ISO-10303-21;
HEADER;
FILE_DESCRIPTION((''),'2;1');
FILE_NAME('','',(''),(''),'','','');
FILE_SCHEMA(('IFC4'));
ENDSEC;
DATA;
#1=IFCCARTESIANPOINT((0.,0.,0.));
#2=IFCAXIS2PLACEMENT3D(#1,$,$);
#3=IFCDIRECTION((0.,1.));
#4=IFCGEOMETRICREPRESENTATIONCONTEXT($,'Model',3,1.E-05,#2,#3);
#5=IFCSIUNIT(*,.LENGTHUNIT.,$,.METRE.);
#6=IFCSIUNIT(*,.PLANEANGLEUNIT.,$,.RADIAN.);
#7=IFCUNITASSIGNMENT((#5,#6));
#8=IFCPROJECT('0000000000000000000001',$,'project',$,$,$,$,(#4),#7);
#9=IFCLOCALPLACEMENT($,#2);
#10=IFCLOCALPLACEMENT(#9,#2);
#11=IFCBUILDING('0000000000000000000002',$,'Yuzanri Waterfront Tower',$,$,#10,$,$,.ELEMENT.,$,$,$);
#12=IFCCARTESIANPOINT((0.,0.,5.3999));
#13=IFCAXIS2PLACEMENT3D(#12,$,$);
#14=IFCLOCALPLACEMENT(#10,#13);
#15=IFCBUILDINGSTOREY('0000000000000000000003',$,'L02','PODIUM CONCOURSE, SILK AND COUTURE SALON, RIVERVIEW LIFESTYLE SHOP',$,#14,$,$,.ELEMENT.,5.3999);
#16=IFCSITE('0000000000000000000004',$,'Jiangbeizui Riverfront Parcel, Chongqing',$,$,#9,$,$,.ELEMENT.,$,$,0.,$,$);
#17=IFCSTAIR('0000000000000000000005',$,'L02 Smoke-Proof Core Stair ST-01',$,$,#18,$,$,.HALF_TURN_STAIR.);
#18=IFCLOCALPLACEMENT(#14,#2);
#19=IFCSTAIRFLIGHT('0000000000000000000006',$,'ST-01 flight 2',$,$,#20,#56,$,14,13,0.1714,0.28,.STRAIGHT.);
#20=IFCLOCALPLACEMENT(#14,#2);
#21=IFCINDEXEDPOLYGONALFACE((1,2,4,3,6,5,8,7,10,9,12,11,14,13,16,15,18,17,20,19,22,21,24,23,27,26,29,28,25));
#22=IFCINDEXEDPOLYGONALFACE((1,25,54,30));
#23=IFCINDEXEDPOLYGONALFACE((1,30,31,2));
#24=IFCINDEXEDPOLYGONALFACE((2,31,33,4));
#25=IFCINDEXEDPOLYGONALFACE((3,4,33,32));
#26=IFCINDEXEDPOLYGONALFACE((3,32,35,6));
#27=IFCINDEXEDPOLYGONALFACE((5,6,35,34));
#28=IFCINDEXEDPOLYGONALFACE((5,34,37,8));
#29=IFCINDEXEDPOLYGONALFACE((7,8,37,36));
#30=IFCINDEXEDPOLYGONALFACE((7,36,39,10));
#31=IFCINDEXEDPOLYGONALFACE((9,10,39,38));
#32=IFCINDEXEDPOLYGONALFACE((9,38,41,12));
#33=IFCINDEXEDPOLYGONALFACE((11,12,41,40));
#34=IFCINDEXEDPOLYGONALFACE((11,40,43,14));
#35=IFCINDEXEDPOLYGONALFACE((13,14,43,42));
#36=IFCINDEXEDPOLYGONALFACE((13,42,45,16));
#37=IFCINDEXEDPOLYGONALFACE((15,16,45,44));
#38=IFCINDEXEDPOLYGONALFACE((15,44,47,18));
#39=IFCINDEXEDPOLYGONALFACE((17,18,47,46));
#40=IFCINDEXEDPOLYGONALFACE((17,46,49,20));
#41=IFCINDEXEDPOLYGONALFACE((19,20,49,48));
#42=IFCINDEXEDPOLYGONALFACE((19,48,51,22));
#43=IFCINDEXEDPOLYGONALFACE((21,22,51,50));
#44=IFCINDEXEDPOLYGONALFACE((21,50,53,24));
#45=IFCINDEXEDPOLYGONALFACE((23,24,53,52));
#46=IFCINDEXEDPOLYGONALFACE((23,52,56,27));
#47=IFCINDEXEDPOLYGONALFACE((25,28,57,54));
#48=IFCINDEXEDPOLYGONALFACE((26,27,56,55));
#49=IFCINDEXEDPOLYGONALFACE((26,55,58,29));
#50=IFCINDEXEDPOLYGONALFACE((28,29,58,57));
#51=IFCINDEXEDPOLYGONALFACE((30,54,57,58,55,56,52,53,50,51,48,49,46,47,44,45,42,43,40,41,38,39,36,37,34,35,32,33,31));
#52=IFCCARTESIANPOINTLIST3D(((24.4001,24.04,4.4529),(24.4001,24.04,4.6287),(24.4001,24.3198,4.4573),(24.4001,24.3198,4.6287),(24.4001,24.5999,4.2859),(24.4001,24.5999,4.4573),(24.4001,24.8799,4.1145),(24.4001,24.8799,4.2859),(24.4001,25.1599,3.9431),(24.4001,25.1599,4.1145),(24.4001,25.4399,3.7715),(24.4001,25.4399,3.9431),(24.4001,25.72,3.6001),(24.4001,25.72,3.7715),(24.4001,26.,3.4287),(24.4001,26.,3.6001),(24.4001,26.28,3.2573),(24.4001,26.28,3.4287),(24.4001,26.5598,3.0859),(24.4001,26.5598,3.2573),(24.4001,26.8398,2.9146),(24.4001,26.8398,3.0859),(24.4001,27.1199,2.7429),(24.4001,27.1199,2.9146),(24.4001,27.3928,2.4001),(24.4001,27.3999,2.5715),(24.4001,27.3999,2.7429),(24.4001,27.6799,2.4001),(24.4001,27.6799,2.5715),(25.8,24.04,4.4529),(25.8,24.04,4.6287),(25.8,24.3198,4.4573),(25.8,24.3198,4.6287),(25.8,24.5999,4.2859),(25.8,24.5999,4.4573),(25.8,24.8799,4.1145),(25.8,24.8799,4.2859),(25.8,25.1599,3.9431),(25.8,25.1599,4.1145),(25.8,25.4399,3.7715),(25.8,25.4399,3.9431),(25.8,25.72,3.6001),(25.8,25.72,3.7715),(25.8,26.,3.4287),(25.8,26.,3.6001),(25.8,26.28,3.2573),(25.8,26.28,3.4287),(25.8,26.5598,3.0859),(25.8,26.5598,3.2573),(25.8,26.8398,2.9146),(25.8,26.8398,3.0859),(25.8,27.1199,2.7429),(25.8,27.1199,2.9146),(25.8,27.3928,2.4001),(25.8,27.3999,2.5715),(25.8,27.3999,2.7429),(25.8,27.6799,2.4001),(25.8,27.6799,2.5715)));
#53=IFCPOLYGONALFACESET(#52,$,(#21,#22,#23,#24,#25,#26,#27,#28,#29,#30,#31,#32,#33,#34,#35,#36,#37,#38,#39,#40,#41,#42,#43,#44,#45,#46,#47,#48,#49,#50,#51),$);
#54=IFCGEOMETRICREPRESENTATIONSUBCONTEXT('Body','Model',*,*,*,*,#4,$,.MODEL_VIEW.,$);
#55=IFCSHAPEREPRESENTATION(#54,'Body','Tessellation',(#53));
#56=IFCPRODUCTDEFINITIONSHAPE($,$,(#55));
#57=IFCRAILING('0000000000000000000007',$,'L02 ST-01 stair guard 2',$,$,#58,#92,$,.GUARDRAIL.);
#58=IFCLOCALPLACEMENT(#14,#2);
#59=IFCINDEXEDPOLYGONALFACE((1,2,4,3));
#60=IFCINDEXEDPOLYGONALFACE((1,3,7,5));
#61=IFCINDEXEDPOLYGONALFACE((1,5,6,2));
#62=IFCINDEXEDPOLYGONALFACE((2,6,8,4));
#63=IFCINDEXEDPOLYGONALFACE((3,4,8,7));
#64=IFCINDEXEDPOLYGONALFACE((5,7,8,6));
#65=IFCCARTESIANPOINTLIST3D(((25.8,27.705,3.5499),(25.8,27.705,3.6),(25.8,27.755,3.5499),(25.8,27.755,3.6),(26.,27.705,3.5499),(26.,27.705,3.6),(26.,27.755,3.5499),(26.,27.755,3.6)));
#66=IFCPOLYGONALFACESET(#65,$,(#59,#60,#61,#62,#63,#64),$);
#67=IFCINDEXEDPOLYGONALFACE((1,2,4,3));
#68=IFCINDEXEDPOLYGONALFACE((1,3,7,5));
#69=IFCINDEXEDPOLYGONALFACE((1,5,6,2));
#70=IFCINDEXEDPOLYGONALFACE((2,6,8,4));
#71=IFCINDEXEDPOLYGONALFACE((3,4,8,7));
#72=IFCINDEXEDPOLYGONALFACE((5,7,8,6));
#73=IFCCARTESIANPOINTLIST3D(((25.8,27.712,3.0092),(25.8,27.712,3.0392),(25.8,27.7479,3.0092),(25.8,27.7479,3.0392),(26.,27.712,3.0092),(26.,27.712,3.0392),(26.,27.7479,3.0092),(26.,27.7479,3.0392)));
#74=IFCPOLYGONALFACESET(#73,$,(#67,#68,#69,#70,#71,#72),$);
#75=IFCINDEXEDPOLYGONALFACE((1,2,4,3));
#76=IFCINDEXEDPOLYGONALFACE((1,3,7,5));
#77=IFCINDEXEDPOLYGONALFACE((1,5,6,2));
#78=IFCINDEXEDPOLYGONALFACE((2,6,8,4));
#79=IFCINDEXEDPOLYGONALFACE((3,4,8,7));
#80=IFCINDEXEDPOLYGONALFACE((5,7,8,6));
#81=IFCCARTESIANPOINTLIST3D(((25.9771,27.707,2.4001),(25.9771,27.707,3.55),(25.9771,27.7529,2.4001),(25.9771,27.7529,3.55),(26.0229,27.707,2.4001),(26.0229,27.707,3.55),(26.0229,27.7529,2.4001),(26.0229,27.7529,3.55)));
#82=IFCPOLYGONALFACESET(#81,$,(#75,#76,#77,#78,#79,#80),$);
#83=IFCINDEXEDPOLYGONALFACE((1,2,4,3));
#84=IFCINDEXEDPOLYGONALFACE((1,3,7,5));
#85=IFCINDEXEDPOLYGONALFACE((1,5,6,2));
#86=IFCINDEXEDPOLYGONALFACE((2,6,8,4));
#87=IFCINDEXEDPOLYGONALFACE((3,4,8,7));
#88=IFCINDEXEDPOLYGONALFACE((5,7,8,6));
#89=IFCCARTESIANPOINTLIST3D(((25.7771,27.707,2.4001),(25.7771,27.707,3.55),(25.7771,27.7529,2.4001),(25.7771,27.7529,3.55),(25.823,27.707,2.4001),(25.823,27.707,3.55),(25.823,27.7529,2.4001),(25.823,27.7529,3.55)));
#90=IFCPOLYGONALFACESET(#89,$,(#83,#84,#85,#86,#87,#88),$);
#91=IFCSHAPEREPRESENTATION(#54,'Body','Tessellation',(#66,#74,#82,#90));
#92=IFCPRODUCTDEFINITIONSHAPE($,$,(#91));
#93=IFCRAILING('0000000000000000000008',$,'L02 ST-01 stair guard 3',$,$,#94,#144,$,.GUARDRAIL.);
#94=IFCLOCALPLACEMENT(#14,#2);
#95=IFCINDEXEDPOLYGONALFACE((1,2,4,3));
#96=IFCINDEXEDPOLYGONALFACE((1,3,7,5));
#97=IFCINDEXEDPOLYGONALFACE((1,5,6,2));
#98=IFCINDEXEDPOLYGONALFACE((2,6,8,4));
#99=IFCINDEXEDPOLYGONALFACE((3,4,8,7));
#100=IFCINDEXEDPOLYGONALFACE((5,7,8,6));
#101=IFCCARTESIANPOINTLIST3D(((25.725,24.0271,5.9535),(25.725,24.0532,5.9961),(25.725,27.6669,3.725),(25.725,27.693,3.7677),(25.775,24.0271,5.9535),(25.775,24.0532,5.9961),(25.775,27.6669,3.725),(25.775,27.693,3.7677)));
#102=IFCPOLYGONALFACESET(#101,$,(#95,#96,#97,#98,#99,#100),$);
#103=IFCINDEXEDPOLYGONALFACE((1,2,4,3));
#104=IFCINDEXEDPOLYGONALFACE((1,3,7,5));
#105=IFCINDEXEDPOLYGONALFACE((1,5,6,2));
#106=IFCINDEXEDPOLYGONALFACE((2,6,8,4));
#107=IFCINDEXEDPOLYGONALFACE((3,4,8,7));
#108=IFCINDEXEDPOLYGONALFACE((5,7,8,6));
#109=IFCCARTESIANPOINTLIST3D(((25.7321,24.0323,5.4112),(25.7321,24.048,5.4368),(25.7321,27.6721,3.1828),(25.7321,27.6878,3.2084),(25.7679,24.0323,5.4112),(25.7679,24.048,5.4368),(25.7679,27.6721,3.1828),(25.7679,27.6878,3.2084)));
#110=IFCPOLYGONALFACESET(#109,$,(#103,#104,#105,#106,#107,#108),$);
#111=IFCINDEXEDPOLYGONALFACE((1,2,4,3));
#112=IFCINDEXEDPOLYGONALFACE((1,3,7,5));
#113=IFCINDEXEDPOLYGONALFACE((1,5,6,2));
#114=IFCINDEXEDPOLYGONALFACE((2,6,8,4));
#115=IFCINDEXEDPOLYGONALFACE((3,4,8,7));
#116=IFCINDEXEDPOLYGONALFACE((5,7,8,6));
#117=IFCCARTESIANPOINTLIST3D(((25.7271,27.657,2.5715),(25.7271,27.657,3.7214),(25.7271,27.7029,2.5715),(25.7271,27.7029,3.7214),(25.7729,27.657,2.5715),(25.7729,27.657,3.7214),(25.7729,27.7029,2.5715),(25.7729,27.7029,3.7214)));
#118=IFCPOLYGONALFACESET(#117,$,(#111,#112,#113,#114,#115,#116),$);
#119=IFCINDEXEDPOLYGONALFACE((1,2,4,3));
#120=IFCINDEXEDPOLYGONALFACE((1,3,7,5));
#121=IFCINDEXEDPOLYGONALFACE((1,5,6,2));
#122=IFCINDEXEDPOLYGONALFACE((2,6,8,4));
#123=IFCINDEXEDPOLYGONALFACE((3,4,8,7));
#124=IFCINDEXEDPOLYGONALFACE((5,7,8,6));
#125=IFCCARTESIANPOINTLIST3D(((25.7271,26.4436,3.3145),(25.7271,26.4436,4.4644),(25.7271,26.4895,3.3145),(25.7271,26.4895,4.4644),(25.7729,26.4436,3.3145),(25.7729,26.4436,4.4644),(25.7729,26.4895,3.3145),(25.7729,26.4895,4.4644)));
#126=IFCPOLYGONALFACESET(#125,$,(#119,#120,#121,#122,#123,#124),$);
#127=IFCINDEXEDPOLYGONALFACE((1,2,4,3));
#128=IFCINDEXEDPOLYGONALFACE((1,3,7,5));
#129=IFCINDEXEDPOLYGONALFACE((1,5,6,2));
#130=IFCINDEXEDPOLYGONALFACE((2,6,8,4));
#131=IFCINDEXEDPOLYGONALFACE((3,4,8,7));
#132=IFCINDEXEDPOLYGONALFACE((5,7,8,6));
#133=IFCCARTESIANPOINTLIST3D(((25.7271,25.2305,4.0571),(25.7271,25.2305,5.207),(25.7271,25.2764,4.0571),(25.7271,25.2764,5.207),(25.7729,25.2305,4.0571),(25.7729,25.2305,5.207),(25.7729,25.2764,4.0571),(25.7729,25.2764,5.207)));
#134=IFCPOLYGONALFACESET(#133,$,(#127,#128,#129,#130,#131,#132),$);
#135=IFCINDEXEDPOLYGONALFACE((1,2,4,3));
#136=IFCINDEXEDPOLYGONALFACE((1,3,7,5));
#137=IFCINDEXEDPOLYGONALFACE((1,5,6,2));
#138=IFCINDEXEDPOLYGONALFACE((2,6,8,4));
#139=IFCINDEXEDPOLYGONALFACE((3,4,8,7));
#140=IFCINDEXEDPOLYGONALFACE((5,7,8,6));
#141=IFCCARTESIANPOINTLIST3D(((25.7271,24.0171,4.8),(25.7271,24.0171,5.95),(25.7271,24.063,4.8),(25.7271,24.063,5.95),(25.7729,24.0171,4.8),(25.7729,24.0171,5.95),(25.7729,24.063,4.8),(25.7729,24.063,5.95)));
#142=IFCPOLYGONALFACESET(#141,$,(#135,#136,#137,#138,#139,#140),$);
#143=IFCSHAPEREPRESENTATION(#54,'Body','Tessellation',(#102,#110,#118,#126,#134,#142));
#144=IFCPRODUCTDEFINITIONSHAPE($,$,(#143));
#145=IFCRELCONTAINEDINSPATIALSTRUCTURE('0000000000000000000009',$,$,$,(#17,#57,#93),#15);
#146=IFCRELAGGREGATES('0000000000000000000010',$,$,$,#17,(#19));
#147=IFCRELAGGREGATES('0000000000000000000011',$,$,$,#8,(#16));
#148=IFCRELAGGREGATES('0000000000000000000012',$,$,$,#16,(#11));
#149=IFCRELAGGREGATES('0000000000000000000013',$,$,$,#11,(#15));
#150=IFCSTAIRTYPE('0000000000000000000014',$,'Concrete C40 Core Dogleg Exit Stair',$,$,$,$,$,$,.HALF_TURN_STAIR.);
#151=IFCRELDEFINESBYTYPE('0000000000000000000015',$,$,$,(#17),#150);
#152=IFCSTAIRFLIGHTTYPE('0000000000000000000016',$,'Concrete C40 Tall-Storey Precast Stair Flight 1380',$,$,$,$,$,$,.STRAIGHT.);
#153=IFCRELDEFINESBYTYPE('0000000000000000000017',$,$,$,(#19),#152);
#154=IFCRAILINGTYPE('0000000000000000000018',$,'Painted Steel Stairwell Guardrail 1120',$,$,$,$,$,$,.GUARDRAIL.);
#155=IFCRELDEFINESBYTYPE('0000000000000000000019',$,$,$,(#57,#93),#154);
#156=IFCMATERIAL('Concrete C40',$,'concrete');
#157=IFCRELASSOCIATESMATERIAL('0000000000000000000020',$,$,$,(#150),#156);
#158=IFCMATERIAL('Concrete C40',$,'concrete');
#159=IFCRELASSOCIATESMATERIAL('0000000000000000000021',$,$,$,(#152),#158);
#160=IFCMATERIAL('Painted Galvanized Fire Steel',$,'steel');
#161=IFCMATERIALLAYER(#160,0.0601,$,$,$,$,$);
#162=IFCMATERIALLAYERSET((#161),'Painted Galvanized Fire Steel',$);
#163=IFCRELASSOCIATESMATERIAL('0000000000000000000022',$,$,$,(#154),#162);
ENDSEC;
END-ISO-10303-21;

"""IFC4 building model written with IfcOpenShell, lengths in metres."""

from ifc_helpers import new_model, si_unit, direction, frame, origin, origin_2d, place, context, subcontext, project, spatial, polyline, rectangle, outline, extrude, source, transform, mapped, material, layer, layer_set, type_object, element, aggregate, save


model = new_model("IFC4")

# Units and contexts
model_context = context("Model", 3, precision=1e-05, world=origin(), true_north=direction((0.0, 1.0)))
body_context = subcontext(model_context, "Body", "Model", "MODEL_VIEW")
ifc_project = project(units=[si_unit("LENGTHUNIT", "METRE"), si_unit("PLANEANGLEUNIT", "RADIAN")], contexts=[model_context])

# Site, building, storey
site_placement = place(None, origin())
site = spatial("IfcSite", under=ifc_project, at=site_placement, Name="Jiangbeizui Riverfront Parcel, Chongqing", CompositionType="ELEMENT", RefElevation=0.0)
building_placement = place(site_placement, origin())
building = spatial("IfcBuilding", under=site, at=building_placement, Name="Yuzanri Waterfront Tower", CompositionType="ELEMENT")
storey_placement = place(building_placement, frame((0.0, 0.0, 5.3999)))
storey = spatial("IfcBuildingStorey", under=building, at=storey_placement, Name="L02", Description="PODIUM CONCOURSE, SILK AND COUTURE SALON, RIVERVIEW LIFESTYLE SHOP", CompositionType="ELEMENT", Elevation=5.3999)

# Stair, stair flight
ifc_material_1 = material(Name="Concrete C40", Category="concrete")
stair_type = type_object("IfcStairType", Name="Concrete C40 Core Dogleg Exit Stair", PredefinedType="HALF_TURN_STAIR", material=ifc_material_1)
stair_placement = place(storey_placement, origin())
stair = element("IfcStair", 1, at=stair_placement, inside=storey, type_object=stair_type, Name="L02 Smoke-Proof Core Stair ST-01", PredefinedType="HALF_TURN_STAIR")
ifc_material_2 = material(Name="Concrete C40", Category="concrete")
stair_flight_type = type_object("IfcStairFlightType", Name="Concrete C40 Tall-Storey Precast Stair Flight 1380", PredefinedType="STRAIGHT", material=ifc_material_2)
shared_shape_1 = source(origin(), body_context, "Body", "SweptSolid", [
    extrude(outline(polyline([(0.0, 0.0), (0.0, 0.1714), (0.28, 0.1714), (0.28, 0.3428), (0.5601, 0.3428), (0.5601, 0.5144), (0.8401, 0.5144), (0.8401, 0.6858), (1.1201, 0.6858), (1.1201, 0.8572), (1.3999, 0.8572), (1.3999, 1.0286), (1.6799, 1.0286), (1.6799, 1.2), (1.96, 1.2), (1.96, 1.3713), (2.24, 1.3713), (2.24, 1.543), (2.52, 1.543), (2.52, 1.7144), (2.8, 1.7144), (2.8, 1.8857), (3.0801, 1.8857), (3.0801, 2.0571), (3.3601, 2.0571), (3.3601, 2.2285), (3.6399, 2.2285), (3.6399, 2.3999), (3.6399, 2.0527), (0.2871, 0.0), (0.0, 0.0)])), frame((0.0, 0.7, 0.0), z_axis=(0.0, -1.0, 0.0), x_axis=(1.0, 0.0, 0.0)), (0.0, 0.0, 1.0), 1.3999),
])
stair_flight_placement = place(storey_placement, frame((25.1001, 27.6799, 2.4001), z_axis=(0.0, 0.0, 1.0), x_axis=(0.0, -1.0, 0.0)))
stair_flight = element("IfcStairFlight", 2, at=stair_flight_placement, type_object=stair_flight_type, Name="ST-01 flight 2", NumberOfRisers=14, NumberOfTreads=13, PredefinedType="STRAIGHT", RiserHeight=0.1714, TreadLength=0.28, context=body_context, shape_type="MappedRepresentation", body=[
    mapped(shared_shape_1, transform((0.0, 0.0, 0.0), scale=1.0)),
])
aggregate(stair, [stair_flight])

# Railings
ifc_material_3 = material(Name="Painted Galvanized Fire Steel", Category="steel")
ifc_layer_1 = layer(ifc_material_3, 0.0601)
ifc_layer_set_1 = layer_set([ifc_layer_1], Name="Painted Galvanized Fire Steel")
railing_type = type_object("IfcRailingType", Name="Painted Steel Stairwell Guardrail 1120", PredefinedType="GUARDRAIL", material=ifc_layer_set_1)
shared_shape_2 = source(origin(), body_context, "Body", "SweptSolid", [
    extrude(rectangle(XDim=0.05, YDim=0.05, at=origin_2d()), frame((0.0, 0.0, 1.1748), z_axis=(-1.0, 0.0, 0.0), x_axis=(0.0, -1.0, 0.0)), (0.0, 0.0, 1.0), 0.2),
    extrude(rectangle(XDim=0.0359, YDim=0.03, at=origin_2d()), frame((0.0, 0.0, 0.624), z_axis=(-1.0, 0.0, 0.0), x_axis=(0.0, -1.0, 0.0)), (0.0, 0.0, 1.0), 0.2),
    extrude(rectangle(XDim=0.0459, YDim=0.0459, at=origin_2d()), origin(), (0.0, 0.0, 1.0), 1.1499),
    extrude(rectangle(XDim=0.0459, YDim=0.0459, at=origin_2d()), frame((-0.2, 0.0, 0.0)), (0.0, 0.0, 1.0), 1.1499),
])
railing_1_placement = place(storey_placement, frame((26.0, 27.73, 2.4001)))
element("IfcRailing", 3, at=railing_1_placement, inside=storey, type_object=railing_type, Name="L02 ST-01 stair guard 2", PredefinedType="GUARDRAIL", context=body_context, shape_type="MappedRepresentation", body=[
    mapped(shared_shape_2, transform((0.0, 0.0, 0.0), scale=1.0)),
])
shared_shape_3 = source(origin(), body_context, "Body", "SweptSolid", [
    extrude(rectangle(XDim=0.05, YDim=0.05, at=origin_2d()), frame((0.0, 0.0, 1.1748), z_axis=(0.0, -0.85285, 0.522156), x_axis=(1.0, 0.0, 0.0)), (0.0, 0.0, 1.0), 4.2678),
    extrude(rectangle(XDim=0.0359, YDim=0.03, at=origin_2d()), frame((0.0, 0.0, 0.624), z_axis=(0.0, -0.85285, 0.522156), x_axis=(1.0, 0.0, 0.0)), (0.0, 0.0, 1.0), 4.2678),
    extrude(rectangle(XDim=0.0459, YDim=0.0459, at=origin_2d()), origin(), (0.0, 0.0, 1.0), 1.1499),
    extrude(rectangle(XDim=0.0459, YDim=0.0459, at=origin_2d()), frame((0.0, -1.2134, 0.7429)), (0.0, 0.0, 1.0), 1.1499),
    extrude(rectangle(XDim=0.0459, YDim=0.0459, at=origin_2d()), frame((0.0, -2.4265, 1.4856)), (0.0, 0.0, 1.0), 1.1499),
    extrude(rectangle(XDim=0.0459, YDim=0.0459, at=origin_2d()), frame((0.0, -3.6399, 2.2285)), (0.0, 0.0, 1.0), 1.1499),
])
railing_2_placement = place(storey_placement, frame((25.75, 27.6799, 2.5715)))
element("IfcRailing", 4, at=railing_2_placement, inside=storey, type_object=railing_type, Name="L02 ST-01 stair guard 3", PredefinedType="GUARDRAIL", context=body_context, shape_type="MappedRepresentation", body=[
    mapped(shared_shape_3, transform((0.0, 0.0, 0.0), scale=1.0)),
])

save(model, "model.ifc")
